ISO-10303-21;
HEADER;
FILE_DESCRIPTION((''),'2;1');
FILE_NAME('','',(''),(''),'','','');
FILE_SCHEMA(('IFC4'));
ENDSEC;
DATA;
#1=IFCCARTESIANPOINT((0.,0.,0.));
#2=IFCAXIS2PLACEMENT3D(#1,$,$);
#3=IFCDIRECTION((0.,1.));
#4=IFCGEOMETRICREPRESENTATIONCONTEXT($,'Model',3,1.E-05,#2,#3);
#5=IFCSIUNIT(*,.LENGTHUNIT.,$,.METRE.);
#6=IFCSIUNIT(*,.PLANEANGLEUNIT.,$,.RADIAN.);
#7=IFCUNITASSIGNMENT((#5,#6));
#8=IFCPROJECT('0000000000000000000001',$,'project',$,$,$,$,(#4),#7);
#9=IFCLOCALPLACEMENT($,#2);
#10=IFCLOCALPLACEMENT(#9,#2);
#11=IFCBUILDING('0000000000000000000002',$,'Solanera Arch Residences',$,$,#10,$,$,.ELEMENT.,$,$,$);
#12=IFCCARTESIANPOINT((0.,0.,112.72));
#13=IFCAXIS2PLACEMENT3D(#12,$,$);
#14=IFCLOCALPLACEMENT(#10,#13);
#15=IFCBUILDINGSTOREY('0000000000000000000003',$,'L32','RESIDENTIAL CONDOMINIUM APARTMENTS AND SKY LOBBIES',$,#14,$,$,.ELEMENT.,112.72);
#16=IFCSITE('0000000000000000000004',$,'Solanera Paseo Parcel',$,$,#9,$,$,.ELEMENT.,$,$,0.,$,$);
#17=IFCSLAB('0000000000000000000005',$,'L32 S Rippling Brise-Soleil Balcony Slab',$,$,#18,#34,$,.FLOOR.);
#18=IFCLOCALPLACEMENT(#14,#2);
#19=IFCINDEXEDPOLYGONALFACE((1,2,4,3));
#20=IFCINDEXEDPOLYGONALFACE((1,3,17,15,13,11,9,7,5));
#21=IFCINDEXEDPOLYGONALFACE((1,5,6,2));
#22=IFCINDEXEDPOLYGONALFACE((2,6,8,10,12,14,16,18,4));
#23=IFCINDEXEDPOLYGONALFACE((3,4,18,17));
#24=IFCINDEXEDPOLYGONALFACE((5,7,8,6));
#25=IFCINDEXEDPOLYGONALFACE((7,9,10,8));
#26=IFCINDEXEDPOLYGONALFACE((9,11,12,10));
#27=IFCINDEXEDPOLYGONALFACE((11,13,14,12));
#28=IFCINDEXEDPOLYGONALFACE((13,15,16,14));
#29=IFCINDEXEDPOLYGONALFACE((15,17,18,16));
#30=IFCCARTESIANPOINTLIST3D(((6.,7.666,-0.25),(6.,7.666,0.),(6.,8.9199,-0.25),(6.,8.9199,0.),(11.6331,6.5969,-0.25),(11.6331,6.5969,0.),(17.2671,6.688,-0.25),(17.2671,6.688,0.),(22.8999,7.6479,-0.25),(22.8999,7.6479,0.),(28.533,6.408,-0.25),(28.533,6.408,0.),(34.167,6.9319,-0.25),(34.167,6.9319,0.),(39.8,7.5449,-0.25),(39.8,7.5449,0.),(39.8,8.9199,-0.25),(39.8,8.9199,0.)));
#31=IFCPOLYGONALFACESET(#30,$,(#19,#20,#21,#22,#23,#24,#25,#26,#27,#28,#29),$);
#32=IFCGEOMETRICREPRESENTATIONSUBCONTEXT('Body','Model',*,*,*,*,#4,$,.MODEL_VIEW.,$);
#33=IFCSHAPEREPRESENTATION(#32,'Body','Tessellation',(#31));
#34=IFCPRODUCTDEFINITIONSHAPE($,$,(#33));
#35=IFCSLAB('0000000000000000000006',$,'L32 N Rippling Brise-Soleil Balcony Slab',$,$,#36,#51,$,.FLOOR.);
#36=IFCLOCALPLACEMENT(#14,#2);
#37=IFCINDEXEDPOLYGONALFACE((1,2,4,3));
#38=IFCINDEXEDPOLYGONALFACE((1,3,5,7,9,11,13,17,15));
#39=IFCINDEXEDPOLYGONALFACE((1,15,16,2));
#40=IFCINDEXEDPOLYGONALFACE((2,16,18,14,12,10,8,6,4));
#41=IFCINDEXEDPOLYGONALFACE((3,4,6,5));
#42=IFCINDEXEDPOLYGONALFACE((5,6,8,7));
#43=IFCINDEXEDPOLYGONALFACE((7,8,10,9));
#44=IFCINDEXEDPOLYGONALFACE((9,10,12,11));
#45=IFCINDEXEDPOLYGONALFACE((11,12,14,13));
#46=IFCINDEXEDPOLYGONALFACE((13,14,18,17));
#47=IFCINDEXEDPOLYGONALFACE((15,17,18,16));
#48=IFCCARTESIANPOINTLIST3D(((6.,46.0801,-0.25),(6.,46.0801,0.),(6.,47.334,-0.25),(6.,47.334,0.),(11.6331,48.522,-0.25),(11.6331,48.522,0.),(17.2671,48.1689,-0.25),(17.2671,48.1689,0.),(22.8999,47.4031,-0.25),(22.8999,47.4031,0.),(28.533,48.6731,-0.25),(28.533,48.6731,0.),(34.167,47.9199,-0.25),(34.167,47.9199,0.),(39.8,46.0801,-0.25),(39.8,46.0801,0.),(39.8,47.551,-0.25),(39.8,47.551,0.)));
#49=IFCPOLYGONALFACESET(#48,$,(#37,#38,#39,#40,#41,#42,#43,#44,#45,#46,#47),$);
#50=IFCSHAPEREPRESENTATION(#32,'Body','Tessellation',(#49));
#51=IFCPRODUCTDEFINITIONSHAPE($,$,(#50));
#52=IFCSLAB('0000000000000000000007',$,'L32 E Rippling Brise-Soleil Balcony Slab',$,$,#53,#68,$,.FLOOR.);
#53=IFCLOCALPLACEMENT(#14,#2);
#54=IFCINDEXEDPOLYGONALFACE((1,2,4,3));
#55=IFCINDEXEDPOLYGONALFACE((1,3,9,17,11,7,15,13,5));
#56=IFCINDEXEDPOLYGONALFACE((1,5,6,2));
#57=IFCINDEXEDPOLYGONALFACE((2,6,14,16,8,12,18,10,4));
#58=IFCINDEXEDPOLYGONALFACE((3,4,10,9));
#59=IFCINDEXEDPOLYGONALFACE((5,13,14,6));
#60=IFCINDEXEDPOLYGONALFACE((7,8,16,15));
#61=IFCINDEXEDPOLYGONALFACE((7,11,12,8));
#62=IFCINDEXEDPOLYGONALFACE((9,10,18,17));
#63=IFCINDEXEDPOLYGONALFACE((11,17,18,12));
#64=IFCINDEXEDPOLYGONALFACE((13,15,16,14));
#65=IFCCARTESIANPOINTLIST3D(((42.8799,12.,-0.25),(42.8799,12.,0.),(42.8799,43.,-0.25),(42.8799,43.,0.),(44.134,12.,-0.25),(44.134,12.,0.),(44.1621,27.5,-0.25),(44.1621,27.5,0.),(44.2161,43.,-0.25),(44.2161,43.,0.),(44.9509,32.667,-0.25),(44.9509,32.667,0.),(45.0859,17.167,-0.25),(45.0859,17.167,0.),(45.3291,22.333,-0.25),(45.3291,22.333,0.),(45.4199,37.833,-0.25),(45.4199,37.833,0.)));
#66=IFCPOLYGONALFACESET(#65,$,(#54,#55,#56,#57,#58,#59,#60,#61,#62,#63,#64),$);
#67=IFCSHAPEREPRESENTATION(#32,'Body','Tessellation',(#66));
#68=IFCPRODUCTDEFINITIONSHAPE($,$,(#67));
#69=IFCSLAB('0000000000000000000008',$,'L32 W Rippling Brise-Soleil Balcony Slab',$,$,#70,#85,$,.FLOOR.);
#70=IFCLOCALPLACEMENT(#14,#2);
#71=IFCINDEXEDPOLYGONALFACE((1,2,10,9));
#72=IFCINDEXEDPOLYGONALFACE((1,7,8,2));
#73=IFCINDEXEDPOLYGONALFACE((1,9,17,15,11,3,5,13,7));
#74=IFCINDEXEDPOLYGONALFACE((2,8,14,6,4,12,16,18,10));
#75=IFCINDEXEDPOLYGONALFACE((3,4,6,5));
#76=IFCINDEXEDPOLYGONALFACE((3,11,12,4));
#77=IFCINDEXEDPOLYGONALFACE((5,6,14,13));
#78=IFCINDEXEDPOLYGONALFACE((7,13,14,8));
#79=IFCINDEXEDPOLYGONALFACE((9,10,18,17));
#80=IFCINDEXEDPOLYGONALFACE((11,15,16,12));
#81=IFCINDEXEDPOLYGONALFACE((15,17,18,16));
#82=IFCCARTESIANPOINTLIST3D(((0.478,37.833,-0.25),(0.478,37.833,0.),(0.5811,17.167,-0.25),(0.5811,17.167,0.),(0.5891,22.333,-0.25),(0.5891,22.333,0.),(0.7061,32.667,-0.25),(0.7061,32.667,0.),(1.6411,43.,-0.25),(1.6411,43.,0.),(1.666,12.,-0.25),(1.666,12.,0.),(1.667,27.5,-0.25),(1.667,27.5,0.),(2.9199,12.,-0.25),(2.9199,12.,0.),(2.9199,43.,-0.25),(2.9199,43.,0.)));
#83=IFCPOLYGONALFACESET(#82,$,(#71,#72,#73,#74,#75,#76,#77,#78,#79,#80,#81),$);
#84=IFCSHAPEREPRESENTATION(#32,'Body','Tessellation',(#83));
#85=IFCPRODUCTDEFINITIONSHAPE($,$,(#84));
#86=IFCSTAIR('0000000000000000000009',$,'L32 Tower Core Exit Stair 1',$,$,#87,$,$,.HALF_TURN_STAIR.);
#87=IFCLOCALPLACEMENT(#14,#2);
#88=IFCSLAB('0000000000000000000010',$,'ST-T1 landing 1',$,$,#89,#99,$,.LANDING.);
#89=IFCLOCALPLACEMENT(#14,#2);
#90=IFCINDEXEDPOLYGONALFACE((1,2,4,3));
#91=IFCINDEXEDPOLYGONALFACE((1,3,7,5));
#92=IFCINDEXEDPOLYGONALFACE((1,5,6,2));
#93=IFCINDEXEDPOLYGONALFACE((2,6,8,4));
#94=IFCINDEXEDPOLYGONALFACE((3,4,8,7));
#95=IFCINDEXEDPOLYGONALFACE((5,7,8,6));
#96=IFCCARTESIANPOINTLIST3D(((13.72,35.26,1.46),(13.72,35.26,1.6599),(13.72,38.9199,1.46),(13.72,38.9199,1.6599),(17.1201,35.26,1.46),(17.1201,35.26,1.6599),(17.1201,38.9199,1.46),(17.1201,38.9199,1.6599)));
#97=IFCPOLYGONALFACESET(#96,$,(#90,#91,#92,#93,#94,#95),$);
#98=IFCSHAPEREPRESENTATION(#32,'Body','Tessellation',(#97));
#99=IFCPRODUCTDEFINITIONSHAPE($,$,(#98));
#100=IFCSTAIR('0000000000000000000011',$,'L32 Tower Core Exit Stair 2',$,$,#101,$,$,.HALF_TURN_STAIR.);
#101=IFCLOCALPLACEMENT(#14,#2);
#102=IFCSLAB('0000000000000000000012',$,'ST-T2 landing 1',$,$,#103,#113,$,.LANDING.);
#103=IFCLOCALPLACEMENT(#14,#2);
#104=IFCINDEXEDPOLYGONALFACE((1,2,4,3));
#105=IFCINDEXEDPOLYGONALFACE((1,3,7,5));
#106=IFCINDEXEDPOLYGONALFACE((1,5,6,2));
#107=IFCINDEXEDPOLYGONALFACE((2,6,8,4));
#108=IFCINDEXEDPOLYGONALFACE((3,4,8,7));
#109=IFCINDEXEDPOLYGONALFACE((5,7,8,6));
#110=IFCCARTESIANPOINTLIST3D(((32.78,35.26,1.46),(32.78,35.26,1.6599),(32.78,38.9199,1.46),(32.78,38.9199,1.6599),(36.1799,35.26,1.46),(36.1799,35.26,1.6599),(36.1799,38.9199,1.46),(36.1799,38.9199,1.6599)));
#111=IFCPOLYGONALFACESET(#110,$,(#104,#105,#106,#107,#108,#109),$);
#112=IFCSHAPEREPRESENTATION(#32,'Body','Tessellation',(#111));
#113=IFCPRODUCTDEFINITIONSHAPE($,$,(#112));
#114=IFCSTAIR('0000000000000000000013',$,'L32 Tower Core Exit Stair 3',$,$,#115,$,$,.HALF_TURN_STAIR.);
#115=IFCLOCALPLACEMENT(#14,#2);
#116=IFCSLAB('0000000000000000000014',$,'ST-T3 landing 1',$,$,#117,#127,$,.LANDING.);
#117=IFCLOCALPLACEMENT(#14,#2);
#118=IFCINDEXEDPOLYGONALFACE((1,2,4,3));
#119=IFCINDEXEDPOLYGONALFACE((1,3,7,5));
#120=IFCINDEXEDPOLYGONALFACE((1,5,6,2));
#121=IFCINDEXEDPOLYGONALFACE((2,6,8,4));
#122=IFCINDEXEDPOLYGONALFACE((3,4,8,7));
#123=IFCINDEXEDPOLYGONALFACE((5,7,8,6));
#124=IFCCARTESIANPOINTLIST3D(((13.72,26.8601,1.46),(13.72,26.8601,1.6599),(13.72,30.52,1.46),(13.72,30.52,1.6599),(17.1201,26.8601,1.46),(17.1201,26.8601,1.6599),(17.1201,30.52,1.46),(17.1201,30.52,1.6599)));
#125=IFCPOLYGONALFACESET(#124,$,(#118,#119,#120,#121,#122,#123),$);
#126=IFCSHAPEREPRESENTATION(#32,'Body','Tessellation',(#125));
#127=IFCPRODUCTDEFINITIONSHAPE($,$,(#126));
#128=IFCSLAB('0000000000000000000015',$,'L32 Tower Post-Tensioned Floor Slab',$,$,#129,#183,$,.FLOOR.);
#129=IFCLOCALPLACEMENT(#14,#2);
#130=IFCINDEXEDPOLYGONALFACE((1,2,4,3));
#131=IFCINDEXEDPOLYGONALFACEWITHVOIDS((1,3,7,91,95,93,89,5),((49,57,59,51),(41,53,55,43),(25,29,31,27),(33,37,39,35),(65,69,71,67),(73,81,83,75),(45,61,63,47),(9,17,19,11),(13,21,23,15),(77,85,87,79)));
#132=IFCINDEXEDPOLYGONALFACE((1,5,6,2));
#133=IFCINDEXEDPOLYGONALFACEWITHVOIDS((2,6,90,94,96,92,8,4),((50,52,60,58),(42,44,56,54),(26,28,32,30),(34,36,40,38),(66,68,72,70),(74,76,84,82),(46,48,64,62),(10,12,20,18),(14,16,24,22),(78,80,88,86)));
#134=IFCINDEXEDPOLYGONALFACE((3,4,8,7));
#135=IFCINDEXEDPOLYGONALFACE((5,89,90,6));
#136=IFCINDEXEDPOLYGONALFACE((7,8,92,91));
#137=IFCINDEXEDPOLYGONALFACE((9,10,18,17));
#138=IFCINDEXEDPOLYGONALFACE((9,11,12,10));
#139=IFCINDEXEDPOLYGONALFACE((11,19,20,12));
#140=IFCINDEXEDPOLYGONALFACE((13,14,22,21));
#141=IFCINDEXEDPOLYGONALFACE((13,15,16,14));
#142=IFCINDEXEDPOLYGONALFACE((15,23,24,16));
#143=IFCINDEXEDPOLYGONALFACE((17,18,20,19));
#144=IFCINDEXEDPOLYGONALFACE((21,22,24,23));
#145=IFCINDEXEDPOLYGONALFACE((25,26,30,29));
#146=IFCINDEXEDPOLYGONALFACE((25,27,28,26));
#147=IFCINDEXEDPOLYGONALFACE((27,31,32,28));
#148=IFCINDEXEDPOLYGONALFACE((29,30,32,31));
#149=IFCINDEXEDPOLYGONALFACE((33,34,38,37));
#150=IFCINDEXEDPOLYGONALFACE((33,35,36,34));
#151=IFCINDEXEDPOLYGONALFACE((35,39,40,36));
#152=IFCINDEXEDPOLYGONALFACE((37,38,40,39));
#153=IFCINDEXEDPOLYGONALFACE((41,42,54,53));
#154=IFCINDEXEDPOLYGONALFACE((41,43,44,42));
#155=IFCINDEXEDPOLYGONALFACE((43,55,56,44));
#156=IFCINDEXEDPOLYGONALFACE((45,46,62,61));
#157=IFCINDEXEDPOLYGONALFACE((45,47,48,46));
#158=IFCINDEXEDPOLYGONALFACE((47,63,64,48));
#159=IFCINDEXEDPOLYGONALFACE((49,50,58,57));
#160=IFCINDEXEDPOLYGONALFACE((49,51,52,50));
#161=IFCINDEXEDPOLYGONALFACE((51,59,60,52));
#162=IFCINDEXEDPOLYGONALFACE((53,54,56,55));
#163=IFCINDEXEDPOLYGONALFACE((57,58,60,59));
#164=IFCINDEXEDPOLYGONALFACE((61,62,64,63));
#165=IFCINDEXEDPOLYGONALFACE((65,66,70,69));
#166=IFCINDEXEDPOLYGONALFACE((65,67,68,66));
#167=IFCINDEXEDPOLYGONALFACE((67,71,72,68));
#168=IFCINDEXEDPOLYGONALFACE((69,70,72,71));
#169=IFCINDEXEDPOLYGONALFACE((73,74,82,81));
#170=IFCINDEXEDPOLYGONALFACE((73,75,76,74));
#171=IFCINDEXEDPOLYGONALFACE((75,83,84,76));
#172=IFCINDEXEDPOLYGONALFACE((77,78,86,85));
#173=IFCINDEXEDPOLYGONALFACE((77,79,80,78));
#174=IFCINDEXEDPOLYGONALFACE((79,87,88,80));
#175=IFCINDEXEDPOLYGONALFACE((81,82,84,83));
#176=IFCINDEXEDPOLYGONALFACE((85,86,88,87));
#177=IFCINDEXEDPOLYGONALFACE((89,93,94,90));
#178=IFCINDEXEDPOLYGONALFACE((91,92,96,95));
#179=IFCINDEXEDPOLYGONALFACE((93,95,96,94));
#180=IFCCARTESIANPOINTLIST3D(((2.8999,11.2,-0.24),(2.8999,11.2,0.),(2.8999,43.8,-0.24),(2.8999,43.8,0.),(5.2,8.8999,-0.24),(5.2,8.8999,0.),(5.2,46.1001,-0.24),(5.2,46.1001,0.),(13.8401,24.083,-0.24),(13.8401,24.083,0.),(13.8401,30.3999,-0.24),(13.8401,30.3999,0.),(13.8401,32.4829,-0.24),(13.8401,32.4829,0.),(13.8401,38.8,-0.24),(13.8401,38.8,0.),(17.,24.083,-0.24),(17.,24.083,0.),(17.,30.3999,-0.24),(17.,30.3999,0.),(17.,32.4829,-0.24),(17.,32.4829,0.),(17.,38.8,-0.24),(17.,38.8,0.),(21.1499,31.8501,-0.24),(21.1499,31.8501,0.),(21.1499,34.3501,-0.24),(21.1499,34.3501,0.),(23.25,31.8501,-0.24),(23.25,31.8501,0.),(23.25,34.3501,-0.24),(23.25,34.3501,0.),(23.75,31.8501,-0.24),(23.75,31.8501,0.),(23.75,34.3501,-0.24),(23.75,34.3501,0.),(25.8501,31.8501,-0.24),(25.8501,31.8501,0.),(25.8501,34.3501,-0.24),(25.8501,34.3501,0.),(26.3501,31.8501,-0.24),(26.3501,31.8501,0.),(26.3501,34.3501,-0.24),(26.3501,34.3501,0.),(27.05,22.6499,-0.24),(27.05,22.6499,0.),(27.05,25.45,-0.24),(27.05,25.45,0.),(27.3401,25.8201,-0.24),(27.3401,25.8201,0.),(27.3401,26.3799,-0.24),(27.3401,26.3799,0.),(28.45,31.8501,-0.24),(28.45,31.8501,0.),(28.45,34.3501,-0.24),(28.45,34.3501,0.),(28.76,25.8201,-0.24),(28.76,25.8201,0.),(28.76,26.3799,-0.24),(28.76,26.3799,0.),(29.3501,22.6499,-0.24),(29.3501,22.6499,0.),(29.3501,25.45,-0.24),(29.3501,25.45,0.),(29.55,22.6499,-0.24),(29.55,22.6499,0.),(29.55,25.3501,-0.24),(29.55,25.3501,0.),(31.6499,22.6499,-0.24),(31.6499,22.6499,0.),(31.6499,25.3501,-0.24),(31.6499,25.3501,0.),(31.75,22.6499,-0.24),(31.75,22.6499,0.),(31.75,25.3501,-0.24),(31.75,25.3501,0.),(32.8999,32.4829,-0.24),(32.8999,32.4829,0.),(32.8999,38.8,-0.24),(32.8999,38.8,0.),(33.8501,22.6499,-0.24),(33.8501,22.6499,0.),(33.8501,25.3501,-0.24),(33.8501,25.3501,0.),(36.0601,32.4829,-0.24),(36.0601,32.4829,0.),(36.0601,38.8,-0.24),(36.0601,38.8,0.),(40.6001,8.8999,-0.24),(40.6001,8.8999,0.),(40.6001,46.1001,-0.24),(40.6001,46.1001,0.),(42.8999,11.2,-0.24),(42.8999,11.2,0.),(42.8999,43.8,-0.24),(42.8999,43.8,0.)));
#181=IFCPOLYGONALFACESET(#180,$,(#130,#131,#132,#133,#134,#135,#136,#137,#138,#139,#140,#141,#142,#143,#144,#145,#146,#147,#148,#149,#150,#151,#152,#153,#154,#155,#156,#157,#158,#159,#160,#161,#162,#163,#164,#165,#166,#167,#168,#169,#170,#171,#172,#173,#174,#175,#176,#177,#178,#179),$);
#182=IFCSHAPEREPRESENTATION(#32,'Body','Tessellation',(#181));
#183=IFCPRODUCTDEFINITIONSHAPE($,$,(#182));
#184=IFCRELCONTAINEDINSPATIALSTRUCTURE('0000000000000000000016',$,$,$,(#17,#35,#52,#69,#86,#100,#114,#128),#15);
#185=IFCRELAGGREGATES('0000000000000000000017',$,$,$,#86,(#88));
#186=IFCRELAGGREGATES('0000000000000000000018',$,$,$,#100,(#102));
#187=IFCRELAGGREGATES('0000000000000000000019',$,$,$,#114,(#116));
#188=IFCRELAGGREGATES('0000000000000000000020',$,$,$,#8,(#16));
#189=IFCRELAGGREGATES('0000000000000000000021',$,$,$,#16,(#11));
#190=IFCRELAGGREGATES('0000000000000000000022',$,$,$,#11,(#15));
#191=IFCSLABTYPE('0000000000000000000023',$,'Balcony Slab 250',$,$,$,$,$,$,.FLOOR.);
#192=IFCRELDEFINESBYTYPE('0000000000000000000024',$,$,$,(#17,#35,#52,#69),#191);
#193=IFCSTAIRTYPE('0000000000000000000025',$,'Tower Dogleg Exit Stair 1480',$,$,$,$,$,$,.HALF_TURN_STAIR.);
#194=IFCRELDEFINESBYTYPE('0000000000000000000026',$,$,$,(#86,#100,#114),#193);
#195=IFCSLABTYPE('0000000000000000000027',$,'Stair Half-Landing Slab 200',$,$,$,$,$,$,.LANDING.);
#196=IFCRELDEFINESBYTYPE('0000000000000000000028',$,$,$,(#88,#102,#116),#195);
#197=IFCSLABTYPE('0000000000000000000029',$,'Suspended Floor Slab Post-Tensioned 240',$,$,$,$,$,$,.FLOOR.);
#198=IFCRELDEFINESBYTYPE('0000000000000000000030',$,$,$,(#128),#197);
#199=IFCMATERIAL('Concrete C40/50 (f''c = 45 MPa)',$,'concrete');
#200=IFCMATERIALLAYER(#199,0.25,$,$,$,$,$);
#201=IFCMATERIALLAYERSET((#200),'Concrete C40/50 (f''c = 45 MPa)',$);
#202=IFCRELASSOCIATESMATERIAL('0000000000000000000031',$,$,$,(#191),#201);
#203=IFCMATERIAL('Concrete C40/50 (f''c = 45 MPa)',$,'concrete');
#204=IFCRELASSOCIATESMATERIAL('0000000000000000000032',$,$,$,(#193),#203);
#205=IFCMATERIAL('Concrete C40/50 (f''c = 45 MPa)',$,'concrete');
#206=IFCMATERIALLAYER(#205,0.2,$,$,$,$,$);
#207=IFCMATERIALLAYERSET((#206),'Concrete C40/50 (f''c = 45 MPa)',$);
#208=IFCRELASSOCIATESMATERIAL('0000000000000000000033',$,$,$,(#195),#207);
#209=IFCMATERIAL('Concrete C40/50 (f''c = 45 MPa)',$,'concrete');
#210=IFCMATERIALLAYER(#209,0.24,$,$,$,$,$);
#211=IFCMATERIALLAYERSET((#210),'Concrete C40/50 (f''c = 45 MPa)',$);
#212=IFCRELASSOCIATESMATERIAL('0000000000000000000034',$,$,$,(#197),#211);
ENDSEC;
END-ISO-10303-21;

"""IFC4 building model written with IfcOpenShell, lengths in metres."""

from ifc_helpers import new_model, si_unit, direction, frame, origin, place, context, subcontext, project, spatial, polyline, outline, extrude, material, layer, layer_set, type_object, element, aggregate, save


model = new_model("IFC4")

# Units and contexts
model_context = context("Model", 3, precision=1e-05, world=origin(), true_north=direction((0.0, 1.0)))
body_context = subcontext(model_context, "Body", "Model", "MODEL_VIEW")
ifc_project = project(units=[si_unit("LENGTHUNIT", "METRE"), si_unit("PLANEANGLEUNIT", "RADIAN")], contexts=[model_context])

# Site, building, storey
site_placement = place(None, origin())
site = spatial("IfcSite", under=ifc_project, at=site_placement, Name="Solanera Paseo Parcel", CompositionType="ELEMENT", RefElevation=0.0)
building_placement = place(site_placement, origin())
building = spatial("IfcBuilding", under=site, at=building_placement, Name="Solanera Arch Residences", CompositionType="ELEMENT")
storey_placement = place(building_placement, frame((0.0, 0.0, 112.72)))
storey = spatial("IfcBuildingStorey", under=building, at=storey_placement, Name="L32", Description="RESIDENTIAL CONDOMINIUM APARTMENTS AND SKY LOBBIES", CompositionType="ELEMENT", Elevation=112.72)

# Slabs
ifc_material_1 = material(Name="Concrete C40/50 (f'c = 45 MPa)", Category="concrete")
ifc_layer_1 = layer(ifc_material_1, 0.25)
ifc_layer_set_1 = layer_set([ifc_layer_1], Name="Concrete C40/50 (f'c = 45 MPa)")
slab_type_1 = type_object("IfcSlabType", Name="Balcony Slab 250", PredefinedType="FLOOR", material=ifc_layer_set_1)
slab_1_placement = place(storey_placement, frame((0.0, 0.0, -0.25)))
element("IfcSlab", 1, at=slab_1_placement, inside=storey, type_object=slab_type_1, Name="L32 S Rippling Brise-Soleil Balcony Slab", PredefinedType="FLOOR", context=body_context, shape_type="SweptSolid", body=[
    extrude(outline(polyline([(6.0, 7.666), (11.6331, 6.5969), (17.2671, 6.688), (22.8999, 7.6479), (28.533, 6.408), (34.167, 6.9319), (39.8, 7.5449), (39.8, 8.9199), (6.0, 8.9199), (6.0, 7.666)])), origin(), (0.0, 0.0, 1.0), 0.25),
])
slab_2_placement = place(storey_placement, frame((0.0, 0.0, -0.25)))
element("IfcSlab", 2, at=slab_2_placement, inside=storey, type_object=slab_type_1, Name="L32 N Rippling Brise-Soleil Balcony Slab", PredefinedType="FLOOR", context=body_context, shape_type="SweptSolid", body=[
    extrude(outline(polyline([(39.8, 47.551), (34.167, 47.9199), (28.533, 48.6731), (22.8999, 47.4031), (17.2671, 48.1689), (11.6331, 48.522), (6.0, 47.334), (6.0, 46.0801), (39.8, 46.0801), (39.8, 47.551)])), origin(), (0.0, 0.0, 1.0), 0.25),
])
slab_3_placement = place(storey_placement, frame((0.0, 0.0, -0.25)))
element("IfcSlab", 3, at=slab_3_placement, inside=storey, type_object=slab_type_1, Name="L32 E Rippling Brise-Soleil Balcony Slab", PredefinedType="FLOOR", context=body_context, shape_type="SweptSolid", body=[
    extrude(outline(polyline([(44.134, 12.0), (45.0859, 17.167), (45.3291, 22.333), (44.1621, 27.5), (44.9509, 32.667), (45.4199, 37.833), (44.2161, 43.0), (42.8799, 43.0), (42.8799, 12.0), (44.134, 12.0)])), origin(), (0.0, 0.0, 1.0), 0.25),
])
slab_4_placement = place(storey_placement, frame((0.0, 0.0, -0.25)))
element("IfcSlab", 4, at=slab_4_placement, inside=storey, type_object=slab_type_1, Name="L32 W Rippling Brise-Soleil Balcony Slab", PredefinedType="FLOOR", context=body_context, shape_type="SweptSolid", body=[
    extrude(outline(polyline([(1.6411, 43.0), (0.478, 37.833), (0.7061, 32.667), (1.667, 27.5), (0.5891, 22.333), (0.5811, 17.167), (1.666, 12.0), (2.9199, 12.0), (2.9199, 43.0), (1.6411, 43.0)])), origin(), (0.0, 0.0, 1.0), 0.25),
])

# Stairs, slabs
ifc_material_2 = material(Name="Concrete C40/50 (f'c = 45 MPa)", Category="concrete")
stair_type = type_object("IfcStairType", Name="Tower Dogleg Exit Stair 1480", PredefinedType="HALF_TURN_STAIR", material=ifc_material_2)
stair_1_placement = place(storey_placement, origin())
stair_1 = element("IfcStair", 5, at=stair_1_placement, inside=storey, type_object=stair_type, Name="L32 Tower Core Exit Stair 1", PredefinedType="HALF_TURN_STAIR")
ifc_material_3 = material(Name="Concrete C40/50 (f'c = 45 MPa)", Category="concrete")
ifc_layer_2 = layer(ifc_material_3, 0.2)
ifc_layer_set_2 = layer_set([ifc_layer_2], Name="Concrete C40/50 (f'c = 45 MPa)")
slab_type_2 = type_object("IfcSlabType", Name="Stair Half-Landing Slab 200", PredefinedType="LANDING", material=ifc_layer_set_2)
slab_5_placement = place(storey_placement, frame((0.0, 0.0, 1.46)))
slab_5 = element("IfcSlab", 6, at=slab_5_placement, type_object=slab_type_2, Name="ST-T1 landing 1", PredefinedType="LANDING", context=body_context, shape_type="SweptSolid", body=[
    extrude(outline(polyline([(17.1201, 35.26), (17.1201, 38.9199), (13.72, 38.9199), (13.72, 35.26), (17.1201, 35.26)])), origin(), (0.0, 0.0, 1.0), 0.2),
])
aggregate(stair_1, [slab_5])
stair_2_placement = place(storey_placement, origin())
stair_2 = element("IfcStair", 7, at=stair_2_placement, inside=storey, type_object=stair_type, Name="L32 Tower Core Exit Stair 2", PredefinedType="HALF_TURN_STAIR")
slab_6_placement = place(storey_placement, frame((0.0, 0.0, 1.46)))
slab_6 = element("IfcSlab", 8, at=slab_6_placement, type_object=slab_type_2, Name="ST-T2 landing 1", PredefinedType="LANDING", context=body_context, shape_type="SweptSolid", body=[
    extrude(outline(polyline([(36.1799, 35.26), (36.1799, 38.9199), (32.78, 38.9199), (32.78, 35.26), (36.1799, 35.26)])), origin(), (0.0, 0.0, 1.0), 0.2),
])
aggregate(stair_2, [slab_6])
stair_3_placement = place(storey_placement, origin())
stair_3 = element("IfcStair", 9, at=stair_3_placement, inside=storey, type_object=stair_type, Name="L32 Tower Core Exit Stair 3", PredefinedType="HALF_TURN_STAIR")
slab_7_placement = place(storey_placement, frame((0.0, 0.0, 1.46)))
slab_7 = element("IfcSlab", 10, at=slab_7_placement, type_object=slab_type_2, Name="ST-T3 landing 1", PredefinedType="LANDING", context=body_context, shape_type="SweptSolid", body=[
    extrude(outline(polyline([(17.1201, 26.8601), (17.1201, 30.52), (13.72, 30.52), (13.72, 26.8601), (17.1201, 26.8601)])), origin(), (0.0, 0.0, 1.0), 0.2),
])
aggregate(stair_3, [slab_7])

# Slab
ifc_material_4 = material(Name="Concrete C40/50 (f'c = 45 MPa)", Category="concrete")
ifc_layer_3 = layer(ifc_material_4, 0.24)
ifc_layer_set_3 = layer_set([ifc_layer_3], Name="Concrete C40/50 (f'c = 45 MPa)")
slab_type_3 = type_object("IfcSlabType", Name="Suspended Floor Slab Post-Tensioned 240", PredefinedType="FLOOR", material=ifc_layer_set_3)
slab_8_placement = place(storey_placement, frame((0.0, 0.0, -0.24)))
element("IfcSlab", 11, at=slab_8_placement, inside=storey, type_object=slab_type_3, Name="L32 Tower Post-Tensioned Floor Slab", PredefinedType="FLOOR", context=body_context, shape_type="SweptSolid", body=[
    extrude(outline(polyline([(5.2, 8.8999), (40.6001, 8.8999), (42.8999, 11.2), (42.8999, 43.8), (40.6001, 46.1001), (5.2, 46.1001), (2.8999, 43.8), (2.8999, 11.2), (5.2, 8.8999)]), holes=[polyline([(13.8401, 32.4829), (13.8401, 38.8), (17.0, 38.8), (17.0, 32.4829), (13.8401, 32.4829)]), polyline([(32.8999, 32.4829), (32.8999, 38.8), (36.0601, 38.8), (36.0601, 32.4829), (32.8999, 32.4829)]), polyline([(13.8401, 24.083), (13.8401, 30.3999), (17.0, 30.3999), (17.0, 24.083), (13.8401, 24.083)]), polyline([(21.1499, 34.3501), (23.25, 34.3501), (23.25, 31.8501), (21.1499, 31.8501), (21.1499, 34.3501)]), polyline([(23.75, 34.3501), (25.8501, 34.3501), (25.8501, 31.8501), (23.75, 31.8501), (23.75, 34.3501)]), polyline([(26.3501, 34.3501), (28.45, 34.3501), (28.45, 31.8501), (26.3501, 31.8501), (26.3501, 34.3501)]), polyline([(29.55, 25.3501), (31.6499, 25.3501), (31.6499, 22.6499), (29.55, 22.6499), (29.55, 25.3501)]), polyline([(31.75, 25.3501), (33.8501, 25.3501), (33.8501, 22.6499), (31.75, 22.6499), (31.75, 25.3501)]), polyline([(27.05, 25.45), (29.3501, 25.45), (29.3501, 22.6499), (27.05, 22.6499), (27.05, 25.45)]), polyline([(27.3401, 26.3799), (28.76, 26.3799), (28.76, 25.8201), (27.3401, 25.8201), (27.3401, 26.3799)])]), origin(), (0.0, 0.0, 1.0), 0.24),
])

save(model, "model.ifc")
